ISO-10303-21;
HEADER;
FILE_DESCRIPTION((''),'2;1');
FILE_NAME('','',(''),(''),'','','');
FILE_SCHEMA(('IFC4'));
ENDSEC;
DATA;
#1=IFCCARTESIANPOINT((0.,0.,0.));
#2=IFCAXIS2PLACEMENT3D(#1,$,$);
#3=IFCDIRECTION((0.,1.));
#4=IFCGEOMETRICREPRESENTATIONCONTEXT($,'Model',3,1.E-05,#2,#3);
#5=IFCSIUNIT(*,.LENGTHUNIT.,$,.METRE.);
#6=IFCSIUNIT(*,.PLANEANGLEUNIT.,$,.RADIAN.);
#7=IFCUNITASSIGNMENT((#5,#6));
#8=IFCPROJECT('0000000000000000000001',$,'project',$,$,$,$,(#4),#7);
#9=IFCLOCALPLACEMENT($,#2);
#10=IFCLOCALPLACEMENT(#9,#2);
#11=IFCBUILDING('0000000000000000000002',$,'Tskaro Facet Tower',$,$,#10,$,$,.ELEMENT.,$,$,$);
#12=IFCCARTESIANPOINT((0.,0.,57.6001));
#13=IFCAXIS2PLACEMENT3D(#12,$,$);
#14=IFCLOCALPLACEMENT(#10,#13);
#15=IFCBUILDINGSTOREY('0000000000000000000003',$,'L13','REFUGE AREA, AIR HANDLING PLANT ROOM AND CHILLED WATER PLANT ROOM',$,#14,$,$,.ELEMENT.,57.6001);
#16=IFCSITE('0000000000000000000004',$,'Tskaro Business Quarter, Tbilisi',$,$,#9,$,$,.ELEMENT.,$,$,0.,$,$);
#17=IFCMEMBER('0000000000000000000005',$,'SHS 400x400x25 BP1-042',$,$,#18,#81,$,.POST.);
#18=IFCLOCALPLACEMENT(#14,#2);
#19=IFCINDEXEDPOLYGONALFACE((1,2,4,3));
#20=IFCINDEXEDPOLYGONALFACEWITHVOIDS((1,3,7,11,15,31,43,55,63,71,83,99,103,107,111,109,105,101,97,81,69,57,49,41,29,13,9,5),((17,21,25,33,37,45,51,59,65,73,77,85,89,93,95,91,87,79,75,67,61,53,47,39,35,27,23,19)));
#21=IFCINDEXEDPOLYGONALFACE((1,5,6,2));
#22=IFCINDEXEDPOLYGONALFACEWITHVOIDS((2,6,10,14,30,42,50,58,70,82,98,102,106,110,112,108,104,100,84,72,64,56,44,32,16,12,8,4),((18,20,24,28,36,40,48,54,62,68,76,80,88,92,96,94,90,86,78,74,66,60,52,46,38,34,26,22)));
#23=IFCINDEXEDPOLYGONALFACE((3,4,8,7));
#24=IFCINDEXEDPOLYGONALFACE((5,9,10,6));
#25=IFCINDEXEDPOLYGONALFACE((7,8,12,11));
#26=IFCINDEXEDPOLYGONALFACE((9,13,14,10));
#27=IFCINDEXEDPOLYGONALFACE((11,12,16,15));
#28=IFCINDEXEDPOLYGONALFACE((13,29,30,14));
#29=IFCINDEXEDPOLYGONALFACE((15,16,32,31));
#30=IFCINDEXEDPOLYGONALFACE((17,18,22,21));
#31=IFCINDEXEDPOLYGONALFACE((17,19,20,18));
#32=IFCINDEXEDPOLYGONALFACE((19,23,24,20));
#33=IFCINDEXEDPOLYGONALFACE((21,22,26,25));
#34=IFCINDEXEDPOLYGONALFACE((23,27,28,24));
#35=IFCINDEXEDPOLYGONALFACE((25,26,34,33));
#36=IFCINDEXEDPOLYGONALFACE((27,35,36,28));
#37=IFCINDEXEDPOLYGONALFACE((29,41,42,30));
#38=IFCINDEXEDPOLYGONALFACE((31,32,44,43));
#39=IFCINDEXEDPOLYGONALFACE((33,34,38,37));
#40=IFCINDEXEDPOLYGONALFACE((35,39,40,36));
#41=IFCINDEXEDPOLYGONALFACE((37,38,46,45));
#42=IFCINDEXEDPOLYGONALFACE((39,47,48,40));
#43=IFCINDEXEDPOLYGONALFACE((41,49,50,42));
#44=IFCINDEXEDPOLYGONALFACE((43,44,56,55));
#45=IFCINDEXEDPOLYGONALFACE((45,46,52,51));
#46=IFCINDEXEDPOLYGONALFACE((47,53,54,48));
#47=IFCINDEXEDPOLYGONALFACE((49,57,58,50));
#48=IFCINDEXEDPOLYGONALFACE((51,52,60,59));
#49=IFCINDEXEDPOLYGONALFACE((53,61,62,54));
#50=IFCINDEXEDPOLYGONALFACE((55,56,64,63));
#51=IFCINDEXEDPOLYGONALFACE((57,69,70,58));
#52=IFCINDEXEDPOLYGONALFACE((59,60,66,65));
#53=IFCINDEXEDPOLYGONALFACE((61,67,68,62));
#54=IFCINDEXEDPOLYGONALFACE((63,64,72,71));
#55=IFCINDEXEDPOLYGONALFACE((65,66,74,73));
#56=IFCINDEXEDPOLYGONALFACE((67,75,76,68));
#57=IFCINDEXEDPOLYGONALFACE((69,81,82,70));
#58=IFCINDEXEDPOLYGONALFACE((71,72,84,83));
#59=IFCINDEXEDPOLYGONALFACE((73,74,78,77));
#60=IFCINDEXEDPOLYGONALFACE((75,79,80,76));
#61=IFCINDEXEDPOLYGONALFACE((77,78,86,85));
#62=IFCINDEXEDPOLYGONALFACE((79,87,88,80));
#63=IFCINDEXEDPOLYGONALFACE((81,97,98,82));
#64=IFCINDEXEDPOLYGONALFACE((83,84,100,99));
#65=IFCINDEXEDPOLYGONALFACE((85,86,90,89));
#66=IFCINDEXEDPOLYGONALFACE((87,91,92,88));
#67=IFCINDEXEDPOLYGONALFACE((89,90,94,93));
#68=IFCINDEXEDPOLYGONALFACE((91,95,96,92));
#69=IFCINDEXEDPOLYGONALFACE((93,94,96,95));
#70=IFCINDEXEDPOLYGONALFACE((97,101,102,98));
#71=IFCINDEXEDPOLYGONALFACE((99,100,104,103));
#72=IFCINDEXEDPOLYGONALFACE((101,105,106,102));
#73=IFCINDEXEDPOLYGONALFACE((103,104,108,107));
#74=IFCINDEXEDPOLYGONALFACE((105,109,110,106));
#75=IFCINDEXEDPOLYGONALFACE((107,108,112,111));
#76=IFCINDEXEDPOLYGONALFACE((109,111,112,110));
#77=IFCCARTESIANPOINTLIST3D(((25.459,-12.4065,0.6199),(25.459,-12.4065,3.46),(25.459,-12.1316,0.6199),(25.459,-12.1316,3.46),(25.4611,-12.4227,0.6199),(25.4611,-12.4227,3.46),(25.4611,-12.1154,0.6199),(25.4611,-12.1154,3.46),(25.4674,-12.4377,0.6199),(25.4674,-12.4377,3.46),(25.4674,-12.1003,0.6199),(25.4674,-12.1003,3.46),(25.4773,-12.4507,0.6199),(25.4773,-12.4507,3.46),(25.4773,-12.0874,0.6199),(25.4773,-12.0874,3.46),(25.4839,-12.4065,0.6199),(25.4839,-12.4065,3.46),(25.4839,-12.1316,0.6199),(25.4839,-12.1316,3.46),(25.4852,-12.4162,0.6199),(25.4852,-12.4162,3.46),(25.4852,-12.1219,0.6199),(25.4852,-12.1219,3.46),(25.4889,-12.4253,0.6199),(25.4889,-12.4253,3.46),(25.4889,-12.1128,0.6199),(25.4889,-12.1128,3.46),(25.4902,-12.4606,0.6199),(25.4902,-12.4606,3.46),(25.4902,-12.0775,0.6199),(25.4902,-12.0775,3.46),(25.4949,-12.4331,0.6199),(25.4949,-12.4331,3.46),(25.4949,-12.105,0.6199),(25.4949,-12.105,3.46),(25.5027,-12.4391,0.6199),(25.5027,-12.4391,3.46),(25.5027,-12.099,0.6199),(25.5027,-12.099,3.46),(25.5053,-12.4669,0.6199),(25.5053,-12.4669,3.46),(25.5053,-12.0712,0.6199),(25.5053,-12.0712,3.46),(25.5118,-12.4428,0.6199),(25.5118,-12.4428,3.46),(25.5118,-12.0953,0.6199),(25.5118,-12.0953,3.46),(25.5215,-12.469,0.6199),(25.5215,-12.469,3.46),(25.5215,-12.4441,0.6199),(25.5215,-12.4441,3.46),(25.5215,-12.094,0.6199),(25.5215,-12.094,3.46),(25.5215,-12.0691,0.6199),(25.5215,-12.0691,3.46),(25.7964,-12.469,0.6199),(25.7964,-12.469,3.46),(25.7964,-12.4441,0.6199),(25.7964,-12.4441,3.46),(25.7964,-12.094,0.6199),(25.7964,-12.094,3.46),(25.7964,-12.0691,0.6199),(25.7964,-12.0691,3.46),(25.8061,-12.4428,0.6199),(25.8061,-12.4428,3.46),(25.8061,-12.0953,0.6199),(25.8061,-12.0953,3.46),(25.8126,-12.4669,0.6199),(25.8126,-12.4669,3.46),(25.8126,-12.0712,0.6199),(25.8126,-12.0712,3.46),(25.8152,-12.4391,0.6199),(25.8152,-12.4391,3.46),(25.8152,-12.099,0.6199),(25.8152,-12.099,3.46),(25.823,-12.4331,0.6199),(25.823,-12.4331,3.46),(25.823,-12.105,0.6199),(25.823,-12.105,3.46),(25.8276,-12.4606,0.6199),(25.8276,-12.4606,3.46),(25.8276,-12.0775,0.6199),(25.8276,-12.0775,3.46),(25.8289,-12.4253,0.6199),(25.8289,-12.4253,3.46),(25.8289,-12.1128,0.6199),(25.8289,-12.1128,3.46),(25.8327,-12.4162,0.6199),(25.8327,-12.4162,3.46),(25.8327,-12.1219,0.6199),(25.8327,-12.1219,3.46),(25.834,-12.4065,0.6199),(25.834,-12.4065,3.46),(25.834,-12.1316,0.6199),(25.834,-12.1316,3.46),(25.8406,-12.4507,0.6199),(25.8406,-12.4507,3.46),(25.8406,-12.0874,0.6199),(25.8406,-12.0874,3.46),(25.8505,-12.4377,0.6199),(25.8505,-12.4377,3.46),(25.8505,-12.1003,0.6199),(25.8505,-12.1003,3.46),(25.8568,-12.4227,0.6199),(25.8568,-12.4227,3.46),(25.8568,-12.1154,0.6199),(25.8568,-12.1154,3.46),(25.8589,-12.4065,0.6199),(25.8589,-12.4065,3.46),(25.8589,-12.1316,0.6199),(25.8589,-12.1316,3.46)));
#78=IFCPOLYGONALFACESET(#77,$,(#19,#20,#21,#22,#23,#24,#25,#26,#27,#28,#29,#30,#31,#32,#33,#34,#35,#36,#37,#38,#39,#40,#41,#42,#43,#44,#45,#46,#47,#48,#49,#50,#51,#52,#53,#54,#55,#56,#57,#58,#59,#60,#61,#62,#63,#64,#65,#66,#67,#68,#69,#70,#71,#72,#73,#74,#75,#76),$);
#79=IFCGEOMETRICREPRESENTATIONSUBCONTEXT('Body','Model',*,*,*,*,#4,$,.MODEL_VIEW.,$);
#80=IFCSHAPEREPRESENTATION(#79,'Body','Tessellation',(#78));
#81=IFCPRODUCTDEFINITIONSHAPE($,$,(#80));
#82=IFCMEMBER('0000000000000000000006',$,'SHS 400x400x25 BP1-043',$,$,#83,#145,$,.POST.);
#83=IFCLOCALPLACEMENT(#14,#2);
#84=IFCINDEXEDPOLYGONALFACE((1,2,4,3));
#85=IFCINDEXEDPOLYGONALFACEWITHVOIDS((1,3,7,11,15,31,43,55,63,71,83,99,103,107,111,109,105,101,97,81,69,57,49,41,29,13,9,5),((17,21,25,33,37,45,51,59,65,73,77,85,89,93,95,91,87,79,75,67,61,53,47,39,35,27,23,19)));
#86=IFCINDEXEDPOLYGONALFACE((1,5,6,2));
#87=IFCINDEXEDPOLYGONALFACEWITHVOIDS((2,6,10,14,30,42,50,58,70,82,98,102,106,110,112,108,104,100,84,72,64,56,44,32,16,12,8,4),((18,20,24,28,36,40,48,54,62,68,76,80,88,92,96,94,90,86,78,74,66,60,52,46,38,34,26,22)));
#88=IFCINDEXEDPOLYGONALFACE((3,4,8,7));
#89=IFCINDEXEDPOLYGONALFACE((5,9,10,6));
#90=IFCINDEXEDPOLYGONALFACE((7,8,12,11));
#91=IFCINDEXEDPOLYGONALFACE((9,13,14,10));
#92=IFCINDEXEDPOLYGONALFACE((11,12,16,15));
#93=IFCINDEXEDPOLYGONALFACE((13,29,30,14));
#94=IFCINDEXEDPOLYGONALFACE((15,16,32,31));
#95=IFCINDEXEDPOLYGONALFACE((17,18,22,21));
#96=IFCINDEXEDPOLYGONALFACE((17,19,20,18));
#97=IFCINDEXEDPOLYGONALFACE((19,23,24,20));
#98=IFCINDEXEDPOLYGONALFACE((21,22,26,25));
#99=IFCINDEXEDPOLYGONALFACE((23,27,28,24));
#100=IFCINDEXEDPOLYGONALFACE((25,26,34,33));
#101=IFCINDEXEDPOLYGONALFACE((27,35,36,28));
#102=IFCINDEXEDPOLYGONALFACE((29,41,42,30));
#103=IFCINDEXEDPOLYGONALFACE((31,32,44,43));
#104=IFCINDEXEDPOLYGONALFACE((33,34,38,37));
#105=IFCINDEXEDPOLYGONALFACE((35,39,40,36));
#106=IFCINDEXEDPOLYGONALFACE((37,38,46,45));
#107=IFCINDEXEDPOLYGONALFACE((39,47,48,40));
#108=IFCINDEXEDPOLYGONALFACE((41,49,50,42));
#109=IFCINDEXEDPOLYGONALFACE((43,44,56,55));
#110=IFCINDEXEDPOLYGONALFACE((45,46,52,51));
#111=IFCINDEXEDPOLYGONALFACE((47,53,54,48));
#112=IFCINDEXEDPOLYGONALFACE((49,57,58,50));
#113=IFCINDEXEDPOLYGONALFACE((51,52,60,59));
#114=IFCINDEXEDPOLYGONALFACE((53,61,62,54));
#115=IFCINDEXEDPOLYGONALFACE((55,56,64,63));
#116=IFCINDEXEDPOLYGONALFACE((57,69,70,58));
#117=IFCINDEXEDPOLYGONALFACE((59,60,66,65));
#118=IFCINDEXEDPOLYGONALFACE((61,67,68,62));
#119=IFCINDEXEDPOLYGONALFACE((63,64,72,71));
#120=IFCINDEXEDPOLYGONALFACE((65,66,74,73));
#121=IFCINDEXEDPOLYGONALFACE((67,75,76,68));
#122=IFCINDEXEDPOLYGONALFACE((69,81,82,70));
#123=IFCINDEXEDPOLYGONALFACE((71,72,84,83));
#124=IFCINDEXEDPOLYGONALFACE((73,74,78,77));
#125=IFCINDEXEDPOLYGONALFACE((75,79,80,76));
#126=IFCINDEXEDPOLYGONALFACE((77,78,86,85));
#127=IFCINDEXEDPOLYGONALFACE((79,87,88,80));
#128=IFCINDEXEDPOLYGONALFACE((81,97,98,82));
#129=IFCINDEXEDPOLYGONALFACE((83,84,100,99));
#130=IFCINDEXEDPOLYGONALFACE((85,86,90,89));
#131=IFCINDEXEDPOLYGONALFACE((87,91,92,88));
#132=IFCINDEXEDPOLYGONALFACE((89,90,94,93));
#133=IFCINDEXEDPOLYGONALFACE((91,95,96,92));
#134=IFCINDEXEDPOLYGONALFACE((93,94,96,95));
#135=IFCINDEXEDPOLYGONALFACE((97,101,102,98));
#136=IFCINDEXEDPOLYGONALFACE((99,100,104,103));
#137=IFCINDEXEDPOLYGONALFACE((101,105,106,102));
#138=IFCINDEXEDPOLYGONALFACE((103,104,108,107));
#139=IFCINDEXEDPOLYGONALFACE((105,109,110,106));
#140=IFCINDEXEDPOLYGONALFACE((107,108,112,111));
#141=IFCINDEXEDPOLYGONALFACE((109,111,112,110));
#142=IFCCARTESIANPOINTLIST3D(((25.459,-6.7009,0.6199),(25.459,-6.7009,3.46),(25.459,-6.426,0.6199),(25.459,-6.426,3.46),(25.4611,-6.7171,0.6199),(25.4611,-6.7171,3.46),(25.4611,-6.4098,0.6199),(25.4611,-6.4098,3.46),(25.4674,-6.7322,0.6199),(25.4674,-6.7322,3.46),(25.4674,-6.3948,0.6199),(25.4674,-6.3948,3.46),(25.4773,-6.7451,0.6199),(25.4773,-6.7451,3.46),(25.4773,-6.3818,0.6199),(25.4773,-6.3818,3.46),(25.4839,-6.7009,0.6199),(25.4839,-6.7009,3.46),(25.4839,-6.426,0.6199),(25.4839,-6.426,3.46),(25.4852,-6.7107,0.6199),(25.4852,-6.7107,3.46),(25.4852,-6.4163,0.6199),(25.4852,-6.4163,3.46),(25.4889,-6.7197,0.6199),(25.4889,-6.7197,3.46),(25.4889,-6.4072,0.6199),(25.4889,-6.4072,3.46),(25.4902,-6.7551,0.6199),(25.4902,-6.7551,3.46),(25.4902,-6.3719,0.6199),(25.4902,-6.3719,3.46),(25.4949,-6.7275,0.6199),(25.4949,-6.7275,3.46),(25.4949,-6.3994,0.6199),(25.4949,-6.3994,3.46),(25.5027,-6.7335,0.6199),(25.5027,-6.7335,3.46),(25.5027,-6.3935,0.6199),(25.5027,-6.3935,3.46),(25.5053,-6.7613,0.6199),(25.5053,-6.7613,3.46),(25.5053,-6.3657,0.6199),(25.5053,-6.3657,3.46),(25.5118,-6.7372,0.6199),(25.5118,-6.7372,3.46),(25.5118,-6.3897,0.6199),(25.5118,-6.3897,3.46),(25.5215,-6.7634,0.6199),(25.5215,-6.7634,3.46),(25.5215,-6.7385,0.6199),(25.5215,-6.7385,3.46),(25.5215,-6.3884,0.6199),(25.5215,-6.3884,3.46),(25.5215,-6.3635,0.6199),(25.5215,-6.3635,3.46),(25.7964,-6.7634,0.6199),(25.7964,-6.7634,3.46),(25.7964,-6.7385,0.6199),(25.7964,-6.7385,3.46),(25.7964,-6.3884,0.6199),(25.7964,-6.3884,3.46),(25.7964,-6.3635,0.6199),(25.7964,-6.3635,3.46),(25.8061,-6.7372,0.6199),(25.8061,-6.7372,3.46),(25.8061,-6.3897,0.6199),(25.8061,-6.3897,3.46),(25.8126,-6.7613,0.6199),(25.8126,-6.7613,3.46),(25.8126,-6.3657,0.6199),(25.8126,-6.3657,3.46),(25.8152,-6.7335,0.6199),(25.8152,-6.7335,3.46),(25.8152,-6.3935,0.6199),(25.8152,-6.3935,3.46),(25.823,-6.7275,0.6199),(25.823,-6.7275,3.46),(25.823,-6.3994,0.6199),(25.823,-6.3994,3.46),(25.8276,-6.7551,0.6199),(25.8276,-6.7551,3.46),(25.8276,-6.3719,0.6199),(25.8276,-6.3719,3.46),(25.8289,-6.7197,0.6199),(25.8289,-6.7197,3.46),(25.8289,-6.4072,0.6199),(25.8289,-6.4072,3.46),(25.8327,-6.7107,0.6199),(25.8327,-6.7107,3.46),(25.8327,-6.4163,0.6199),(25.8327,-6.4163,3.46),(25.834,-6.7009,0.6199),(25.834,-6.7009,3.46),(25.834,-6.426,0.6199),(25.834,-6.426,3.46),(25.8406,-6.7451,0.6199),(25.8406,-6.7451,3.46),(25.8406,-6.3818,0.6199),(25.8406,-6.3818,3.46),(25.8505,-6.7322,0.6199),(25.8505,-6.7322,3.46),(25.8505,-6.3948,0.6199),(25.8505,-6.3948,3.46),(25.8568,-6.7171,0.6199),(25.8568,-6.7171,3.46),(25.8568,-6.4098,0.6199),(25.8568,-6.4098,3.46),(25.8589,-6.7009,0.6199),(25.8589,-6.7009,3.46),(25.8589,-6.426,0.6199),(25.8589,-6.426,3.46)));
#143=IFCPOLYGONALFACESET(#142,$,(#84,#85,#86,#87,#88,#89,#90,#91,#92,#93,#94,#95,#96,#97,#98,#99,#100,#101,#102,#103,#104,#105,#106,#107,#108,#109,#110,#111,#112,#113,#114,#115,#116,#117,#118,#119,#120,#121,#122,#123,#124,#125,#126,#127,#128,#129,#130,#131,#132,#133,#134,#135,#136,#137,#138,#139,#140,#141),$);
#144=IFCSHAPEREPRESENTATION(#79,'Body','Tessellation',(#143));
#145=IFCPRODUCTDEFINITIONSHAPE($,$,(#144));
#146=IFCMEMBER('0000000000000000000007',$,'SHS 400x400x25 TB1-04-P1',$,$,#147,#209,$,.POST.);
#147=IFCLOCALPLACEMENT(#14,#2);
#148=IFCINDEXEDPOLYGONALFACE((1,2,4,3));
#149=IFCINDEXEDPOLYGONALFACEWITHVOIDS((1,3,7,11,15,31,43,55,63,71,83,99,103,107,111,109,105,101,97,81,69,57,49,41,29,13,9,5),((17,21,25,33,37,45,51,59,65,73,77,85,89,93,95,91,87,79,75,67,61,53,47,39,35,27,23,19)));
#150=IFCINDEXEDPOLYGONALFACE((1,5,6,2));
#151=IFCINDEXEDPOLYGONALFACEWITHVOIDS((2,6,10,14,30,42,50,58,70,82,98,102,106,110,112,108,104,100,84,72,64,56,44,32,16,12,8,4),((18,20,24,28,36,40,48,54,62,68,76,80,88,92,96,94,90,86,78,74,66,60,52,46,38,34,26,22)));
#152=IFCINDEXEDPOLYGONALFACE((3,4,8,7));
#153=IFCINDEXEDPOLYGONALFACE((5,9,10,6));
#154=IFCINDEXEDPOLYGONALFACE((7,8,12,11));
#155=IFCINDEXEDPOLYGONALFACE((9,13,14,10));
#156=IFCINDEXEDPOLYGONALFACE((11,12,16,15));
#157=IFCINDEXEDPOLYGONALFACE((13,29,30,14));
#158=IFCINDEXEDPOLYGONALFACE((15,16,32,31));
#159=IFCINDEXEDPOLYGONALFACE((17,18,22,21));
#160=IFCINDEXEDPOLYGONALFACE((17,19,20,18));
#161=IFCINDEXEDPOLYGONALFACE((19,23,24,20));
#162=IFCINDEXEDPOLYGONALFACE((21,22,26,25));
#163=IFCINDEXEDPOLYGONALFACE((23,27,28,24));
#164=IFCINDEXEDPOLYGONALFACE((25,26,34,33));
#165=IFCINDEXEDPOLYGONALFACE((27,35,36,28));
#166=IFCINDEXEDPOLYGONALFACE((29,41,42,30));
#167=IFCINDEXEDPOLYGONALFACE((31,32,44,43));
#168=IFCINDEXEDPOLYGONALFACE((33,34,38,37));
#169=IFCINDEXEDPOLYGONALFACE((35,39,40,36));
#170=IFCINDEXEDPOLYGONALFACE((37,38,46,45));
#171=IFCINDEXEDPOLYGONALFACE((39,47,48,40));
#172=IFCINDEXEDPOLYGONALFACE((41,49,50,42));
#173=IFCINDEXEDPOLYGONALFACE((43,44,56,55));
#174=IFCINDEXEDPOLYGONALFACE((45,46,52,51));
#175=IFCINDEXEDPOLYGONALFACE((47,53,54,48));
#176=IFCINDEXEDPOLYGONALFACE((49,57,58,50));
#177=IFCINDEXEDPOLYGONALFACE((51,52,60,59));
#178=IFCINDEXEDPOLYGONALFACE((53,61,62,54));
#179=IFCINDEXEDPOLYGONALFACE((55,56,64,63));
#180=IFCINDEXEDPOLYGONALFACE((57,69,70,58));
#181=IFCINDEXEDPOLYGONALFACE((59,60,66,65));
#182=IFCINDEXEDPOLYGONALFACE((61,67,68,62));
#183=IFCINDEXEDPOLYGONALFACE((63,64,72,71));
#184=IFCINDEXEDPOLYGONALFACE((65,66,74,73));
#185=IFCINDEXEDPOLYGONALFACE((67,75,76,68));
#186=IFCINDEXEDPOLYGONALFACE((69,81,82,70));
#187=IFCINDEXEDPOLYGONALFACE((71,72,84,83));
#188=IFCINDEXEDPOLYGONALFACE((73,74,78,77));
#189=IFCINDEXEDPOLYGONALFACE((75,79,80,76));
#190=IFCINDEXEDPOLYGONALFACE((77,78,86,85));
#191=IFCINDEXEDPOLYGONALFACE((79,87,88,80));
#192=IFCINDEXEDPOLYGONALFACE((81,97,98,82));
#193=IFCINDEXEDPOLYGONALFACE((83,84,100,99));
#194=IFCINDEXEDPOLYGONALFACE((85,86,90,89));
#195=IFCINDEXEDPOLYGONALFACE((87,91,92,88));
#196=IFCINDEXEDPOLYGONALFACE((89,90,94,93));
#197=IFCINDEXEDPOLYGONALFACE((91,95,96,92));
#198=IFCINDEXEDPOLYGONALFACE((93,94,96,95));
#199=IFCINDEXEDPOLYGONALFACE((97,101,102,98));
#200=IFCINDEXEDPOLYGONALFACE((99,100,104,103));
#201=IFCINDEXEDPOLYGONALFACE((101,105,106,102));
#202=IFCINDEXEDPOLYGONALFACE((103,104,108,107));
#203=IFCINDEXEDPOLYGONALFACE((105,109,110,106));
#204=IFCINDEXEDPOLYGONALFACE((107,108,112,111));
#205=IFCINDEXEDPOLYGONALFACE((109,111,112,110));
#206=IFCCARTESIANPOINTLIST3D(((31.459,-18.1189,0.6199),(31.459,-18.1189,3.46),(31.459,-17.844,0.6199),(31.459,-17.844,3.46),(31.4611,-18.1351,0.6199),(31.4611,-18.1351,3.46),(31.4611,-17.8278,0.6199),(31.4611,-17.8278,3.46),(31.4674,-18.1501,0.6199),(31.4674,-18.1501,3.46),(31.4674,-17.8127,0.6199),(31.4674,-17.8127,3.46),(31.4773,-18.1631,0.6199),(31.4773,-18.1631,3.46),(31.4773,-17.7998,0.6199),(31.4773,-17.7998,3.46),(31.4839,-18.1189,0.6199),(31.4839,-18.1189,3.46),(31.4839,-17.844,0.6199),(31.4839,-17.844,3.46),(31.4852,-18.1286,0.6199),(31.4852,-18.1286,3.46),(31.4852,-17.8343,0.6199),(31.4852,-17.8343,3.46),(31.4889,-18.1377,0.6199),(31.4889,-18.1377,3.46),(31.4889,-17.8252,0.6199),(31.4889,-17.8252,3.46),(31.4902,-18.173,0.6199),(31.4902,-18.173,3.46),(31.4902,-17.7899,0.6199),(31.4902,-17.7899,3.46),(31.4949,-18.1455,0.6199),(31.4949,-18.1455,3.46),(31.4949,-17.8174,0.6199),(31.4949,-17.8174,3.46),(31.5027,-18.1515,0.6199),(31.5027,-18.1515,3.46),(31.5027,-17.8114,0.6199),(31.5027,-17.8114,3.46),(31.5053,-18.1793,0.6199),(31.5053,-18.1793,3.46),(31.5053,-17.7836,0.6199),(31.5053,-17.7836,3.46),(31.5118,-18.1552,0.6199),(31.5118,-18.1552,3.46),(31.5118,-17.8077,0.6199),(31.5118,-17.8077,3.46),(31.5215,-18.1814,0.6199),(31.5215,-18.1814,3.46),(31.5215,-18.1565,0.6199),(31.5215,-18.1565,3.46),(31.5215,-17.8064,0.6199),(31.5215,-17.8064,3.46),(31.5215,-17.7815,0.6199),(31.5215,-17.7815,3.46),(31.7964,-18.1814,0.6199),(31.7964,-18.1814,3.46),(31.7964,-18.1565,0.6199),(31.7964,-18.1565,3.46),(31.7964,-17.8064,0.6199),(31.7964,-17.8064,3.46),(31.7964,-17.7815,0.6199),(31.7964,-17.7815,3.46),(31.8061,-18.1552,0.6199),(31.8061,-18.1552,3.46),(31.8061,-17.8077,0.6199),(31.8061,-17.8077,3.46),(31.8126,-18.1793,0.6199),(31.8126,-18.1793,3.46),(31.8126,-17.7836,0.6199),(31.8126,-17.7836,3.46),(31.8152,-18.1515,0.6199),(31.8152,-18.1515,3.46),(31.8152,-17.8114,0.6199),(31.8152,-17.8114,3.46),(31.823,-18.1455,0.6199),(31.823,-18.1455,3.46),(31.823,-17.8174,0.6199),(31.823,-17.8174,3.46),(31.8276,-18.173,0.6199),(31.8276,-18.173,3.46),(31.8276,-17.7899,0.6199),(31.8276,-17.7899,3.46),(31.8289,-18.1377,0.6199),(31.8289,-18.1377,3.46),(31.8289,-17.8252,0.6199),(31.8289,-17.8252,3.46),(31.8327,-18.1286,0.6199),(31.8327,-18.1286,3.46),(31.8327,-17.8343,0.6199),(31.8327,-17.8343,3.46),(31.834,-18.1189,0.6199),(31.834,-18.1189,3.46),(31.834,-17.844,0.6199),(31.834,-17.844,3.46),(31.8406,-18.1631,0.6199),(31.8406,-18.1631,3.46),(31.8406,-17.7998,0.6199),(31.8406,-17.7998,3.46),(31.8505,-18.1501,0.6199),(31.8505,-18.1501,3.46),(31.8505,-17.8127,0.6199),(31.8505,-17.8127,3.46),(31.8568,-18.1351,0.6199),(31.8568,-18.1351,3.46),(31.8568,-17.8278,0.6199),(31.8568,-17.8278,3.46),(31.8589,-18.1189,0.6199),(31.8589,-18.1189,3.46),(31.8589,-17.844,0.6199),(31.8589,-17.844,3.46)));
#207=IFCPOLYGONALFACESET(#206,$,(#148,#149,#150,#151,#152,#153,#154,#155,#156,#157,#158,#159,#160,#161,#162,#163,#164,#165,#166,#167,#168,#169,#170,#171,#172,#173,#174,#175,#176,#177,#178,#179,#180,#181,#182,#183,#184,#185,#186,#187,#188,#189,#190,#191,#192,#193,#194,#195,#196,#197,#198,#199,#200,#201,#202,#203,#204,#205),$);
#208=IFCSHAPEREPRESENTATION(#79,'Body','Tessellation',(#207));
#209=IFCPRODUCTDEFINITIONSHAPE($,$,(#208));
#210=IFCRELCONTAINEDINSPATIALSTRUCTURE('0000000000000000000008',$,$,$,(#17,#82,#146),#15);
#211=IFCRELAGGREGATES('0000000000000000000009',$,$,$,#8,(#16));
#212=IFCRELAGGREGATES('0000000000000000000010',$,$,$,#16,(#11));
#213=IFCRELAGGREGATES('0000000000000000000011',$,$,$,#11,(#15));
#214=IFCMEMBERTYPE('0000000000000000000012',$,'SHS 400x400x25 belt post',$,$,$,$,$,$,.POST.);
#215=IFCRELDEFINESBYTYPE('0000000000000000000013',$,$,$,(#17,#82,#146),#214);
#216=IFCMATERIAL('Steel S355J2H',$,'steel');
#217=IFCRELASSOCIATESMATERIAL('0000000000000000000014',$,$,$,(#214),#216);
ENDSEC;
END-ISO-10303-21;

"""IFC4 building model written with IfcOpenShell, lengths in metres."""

from ifc_helpers import new_model, si_unit, direction, frame, origin, origin_2d, place, context, subcontext, project, spatial, hollow_rectangle, extrude, material, material_profile, profile_set, type_object, element, save


model = new_model("IFC4")

# Units and contexts
model_context = context("Model", 3, precision=1e-05, world=origin(), true_north=direction((0.0, 1.0)))
body_context = subcontext(model_context, "Body", "Model", "MODEL_VIEW")
ifc_project = project(units=[si_unit("LENGTHUNIT", "METRE"), si_unit("PLANEANGLEUNIT", "RADIAN")], contexts=[model_context])

# Site, building, storey
site_placement = place(None, origin())
site = spatial("IfcSite", under=ifc_project, at=site_placement, Name="Tskaro Business Quarter, Tbilisi", CompositionType="ELEMENT", RefElevation=0.0)
building_placement = place(site_placement, origin())
building = spatial("IfcBuilding", under=site, at=building_placement, Name="Tskaro Facet Tower", CompositionType="ELEMENT")
storey_placement = place(building_placement, frame((0.0, 0.0, 57.6001)))
storey = spatial("IfcBuildingStorey", under=building, at=storey_placement, Name="L13", Description="REFUGE AREA, AIR HANDLING PLANT ROOM AND CHILLED WATER PLANT ROOM", CompositionType="ELEMENT", Elevation=57.6001)

# Shared definitions
ifc_material_1 = material(Name="Steel S355J2H", Category="steel")

# Members
ifc_material_profile_1 = material_profile(ifc_material_1, hollow_rectangle(XDim=0.3999, YDim=0.3999, WallThickness=0.0249, InnerFilletRadius=0.0376, OuterFilletRadius=0.0625, at=origin_2d()), Name="SHS 400x400x25")
ifc_profile_set_1 = profile_set([ifc_material_profile_1], Name="Steel S355J2H")
member_type_1 = type_object("IfcMemberType", Name="SHS 400x400x25 belt post", PredefinedType="POST", material=ifc_profile_set_1)
for number, where, z_axis, x_axis, name in (
    (1, (25.6589, -12.269, 0.6199), (0.0, 0.0, 1.0), (1.0, 0.0, 0.0), "SHS 400x400x25 BP1-042"),
    (2, (25.6589, -6.5635, 0.6199), (0.0, 0.0, 1.0), (1.0, 0.0, 0.0), "SHS 400x400x25 BP1-043"),
    (3, (31.6589, -17.9814, 0.6199), (0.0, 0.0, 1.0), (1.0, 0.0, 0.0), "SHS 400x400x25 TB1-04-P1"),
):
    element("IfcMember", number, at=place(storey_placement, frame(where, z_axis=z_axis, x_axis=x_axis)), inside=storey, type_object=member_type_1, Name=name, PredefinedType="POST", context=body_context, shape_type="SweptSolid", body=[
        extrude(hollow_rectangle(XDim=0.3999, YDim=0.3999, WallThickness=0.0249, InnerFilletRadius=0.0376, OuterFilletRadius=0.0625, at=origin_2d()), origin(), (0.0, 0.0, 1.0), 2.8401),
    ])

save(model, "model.ifc")
